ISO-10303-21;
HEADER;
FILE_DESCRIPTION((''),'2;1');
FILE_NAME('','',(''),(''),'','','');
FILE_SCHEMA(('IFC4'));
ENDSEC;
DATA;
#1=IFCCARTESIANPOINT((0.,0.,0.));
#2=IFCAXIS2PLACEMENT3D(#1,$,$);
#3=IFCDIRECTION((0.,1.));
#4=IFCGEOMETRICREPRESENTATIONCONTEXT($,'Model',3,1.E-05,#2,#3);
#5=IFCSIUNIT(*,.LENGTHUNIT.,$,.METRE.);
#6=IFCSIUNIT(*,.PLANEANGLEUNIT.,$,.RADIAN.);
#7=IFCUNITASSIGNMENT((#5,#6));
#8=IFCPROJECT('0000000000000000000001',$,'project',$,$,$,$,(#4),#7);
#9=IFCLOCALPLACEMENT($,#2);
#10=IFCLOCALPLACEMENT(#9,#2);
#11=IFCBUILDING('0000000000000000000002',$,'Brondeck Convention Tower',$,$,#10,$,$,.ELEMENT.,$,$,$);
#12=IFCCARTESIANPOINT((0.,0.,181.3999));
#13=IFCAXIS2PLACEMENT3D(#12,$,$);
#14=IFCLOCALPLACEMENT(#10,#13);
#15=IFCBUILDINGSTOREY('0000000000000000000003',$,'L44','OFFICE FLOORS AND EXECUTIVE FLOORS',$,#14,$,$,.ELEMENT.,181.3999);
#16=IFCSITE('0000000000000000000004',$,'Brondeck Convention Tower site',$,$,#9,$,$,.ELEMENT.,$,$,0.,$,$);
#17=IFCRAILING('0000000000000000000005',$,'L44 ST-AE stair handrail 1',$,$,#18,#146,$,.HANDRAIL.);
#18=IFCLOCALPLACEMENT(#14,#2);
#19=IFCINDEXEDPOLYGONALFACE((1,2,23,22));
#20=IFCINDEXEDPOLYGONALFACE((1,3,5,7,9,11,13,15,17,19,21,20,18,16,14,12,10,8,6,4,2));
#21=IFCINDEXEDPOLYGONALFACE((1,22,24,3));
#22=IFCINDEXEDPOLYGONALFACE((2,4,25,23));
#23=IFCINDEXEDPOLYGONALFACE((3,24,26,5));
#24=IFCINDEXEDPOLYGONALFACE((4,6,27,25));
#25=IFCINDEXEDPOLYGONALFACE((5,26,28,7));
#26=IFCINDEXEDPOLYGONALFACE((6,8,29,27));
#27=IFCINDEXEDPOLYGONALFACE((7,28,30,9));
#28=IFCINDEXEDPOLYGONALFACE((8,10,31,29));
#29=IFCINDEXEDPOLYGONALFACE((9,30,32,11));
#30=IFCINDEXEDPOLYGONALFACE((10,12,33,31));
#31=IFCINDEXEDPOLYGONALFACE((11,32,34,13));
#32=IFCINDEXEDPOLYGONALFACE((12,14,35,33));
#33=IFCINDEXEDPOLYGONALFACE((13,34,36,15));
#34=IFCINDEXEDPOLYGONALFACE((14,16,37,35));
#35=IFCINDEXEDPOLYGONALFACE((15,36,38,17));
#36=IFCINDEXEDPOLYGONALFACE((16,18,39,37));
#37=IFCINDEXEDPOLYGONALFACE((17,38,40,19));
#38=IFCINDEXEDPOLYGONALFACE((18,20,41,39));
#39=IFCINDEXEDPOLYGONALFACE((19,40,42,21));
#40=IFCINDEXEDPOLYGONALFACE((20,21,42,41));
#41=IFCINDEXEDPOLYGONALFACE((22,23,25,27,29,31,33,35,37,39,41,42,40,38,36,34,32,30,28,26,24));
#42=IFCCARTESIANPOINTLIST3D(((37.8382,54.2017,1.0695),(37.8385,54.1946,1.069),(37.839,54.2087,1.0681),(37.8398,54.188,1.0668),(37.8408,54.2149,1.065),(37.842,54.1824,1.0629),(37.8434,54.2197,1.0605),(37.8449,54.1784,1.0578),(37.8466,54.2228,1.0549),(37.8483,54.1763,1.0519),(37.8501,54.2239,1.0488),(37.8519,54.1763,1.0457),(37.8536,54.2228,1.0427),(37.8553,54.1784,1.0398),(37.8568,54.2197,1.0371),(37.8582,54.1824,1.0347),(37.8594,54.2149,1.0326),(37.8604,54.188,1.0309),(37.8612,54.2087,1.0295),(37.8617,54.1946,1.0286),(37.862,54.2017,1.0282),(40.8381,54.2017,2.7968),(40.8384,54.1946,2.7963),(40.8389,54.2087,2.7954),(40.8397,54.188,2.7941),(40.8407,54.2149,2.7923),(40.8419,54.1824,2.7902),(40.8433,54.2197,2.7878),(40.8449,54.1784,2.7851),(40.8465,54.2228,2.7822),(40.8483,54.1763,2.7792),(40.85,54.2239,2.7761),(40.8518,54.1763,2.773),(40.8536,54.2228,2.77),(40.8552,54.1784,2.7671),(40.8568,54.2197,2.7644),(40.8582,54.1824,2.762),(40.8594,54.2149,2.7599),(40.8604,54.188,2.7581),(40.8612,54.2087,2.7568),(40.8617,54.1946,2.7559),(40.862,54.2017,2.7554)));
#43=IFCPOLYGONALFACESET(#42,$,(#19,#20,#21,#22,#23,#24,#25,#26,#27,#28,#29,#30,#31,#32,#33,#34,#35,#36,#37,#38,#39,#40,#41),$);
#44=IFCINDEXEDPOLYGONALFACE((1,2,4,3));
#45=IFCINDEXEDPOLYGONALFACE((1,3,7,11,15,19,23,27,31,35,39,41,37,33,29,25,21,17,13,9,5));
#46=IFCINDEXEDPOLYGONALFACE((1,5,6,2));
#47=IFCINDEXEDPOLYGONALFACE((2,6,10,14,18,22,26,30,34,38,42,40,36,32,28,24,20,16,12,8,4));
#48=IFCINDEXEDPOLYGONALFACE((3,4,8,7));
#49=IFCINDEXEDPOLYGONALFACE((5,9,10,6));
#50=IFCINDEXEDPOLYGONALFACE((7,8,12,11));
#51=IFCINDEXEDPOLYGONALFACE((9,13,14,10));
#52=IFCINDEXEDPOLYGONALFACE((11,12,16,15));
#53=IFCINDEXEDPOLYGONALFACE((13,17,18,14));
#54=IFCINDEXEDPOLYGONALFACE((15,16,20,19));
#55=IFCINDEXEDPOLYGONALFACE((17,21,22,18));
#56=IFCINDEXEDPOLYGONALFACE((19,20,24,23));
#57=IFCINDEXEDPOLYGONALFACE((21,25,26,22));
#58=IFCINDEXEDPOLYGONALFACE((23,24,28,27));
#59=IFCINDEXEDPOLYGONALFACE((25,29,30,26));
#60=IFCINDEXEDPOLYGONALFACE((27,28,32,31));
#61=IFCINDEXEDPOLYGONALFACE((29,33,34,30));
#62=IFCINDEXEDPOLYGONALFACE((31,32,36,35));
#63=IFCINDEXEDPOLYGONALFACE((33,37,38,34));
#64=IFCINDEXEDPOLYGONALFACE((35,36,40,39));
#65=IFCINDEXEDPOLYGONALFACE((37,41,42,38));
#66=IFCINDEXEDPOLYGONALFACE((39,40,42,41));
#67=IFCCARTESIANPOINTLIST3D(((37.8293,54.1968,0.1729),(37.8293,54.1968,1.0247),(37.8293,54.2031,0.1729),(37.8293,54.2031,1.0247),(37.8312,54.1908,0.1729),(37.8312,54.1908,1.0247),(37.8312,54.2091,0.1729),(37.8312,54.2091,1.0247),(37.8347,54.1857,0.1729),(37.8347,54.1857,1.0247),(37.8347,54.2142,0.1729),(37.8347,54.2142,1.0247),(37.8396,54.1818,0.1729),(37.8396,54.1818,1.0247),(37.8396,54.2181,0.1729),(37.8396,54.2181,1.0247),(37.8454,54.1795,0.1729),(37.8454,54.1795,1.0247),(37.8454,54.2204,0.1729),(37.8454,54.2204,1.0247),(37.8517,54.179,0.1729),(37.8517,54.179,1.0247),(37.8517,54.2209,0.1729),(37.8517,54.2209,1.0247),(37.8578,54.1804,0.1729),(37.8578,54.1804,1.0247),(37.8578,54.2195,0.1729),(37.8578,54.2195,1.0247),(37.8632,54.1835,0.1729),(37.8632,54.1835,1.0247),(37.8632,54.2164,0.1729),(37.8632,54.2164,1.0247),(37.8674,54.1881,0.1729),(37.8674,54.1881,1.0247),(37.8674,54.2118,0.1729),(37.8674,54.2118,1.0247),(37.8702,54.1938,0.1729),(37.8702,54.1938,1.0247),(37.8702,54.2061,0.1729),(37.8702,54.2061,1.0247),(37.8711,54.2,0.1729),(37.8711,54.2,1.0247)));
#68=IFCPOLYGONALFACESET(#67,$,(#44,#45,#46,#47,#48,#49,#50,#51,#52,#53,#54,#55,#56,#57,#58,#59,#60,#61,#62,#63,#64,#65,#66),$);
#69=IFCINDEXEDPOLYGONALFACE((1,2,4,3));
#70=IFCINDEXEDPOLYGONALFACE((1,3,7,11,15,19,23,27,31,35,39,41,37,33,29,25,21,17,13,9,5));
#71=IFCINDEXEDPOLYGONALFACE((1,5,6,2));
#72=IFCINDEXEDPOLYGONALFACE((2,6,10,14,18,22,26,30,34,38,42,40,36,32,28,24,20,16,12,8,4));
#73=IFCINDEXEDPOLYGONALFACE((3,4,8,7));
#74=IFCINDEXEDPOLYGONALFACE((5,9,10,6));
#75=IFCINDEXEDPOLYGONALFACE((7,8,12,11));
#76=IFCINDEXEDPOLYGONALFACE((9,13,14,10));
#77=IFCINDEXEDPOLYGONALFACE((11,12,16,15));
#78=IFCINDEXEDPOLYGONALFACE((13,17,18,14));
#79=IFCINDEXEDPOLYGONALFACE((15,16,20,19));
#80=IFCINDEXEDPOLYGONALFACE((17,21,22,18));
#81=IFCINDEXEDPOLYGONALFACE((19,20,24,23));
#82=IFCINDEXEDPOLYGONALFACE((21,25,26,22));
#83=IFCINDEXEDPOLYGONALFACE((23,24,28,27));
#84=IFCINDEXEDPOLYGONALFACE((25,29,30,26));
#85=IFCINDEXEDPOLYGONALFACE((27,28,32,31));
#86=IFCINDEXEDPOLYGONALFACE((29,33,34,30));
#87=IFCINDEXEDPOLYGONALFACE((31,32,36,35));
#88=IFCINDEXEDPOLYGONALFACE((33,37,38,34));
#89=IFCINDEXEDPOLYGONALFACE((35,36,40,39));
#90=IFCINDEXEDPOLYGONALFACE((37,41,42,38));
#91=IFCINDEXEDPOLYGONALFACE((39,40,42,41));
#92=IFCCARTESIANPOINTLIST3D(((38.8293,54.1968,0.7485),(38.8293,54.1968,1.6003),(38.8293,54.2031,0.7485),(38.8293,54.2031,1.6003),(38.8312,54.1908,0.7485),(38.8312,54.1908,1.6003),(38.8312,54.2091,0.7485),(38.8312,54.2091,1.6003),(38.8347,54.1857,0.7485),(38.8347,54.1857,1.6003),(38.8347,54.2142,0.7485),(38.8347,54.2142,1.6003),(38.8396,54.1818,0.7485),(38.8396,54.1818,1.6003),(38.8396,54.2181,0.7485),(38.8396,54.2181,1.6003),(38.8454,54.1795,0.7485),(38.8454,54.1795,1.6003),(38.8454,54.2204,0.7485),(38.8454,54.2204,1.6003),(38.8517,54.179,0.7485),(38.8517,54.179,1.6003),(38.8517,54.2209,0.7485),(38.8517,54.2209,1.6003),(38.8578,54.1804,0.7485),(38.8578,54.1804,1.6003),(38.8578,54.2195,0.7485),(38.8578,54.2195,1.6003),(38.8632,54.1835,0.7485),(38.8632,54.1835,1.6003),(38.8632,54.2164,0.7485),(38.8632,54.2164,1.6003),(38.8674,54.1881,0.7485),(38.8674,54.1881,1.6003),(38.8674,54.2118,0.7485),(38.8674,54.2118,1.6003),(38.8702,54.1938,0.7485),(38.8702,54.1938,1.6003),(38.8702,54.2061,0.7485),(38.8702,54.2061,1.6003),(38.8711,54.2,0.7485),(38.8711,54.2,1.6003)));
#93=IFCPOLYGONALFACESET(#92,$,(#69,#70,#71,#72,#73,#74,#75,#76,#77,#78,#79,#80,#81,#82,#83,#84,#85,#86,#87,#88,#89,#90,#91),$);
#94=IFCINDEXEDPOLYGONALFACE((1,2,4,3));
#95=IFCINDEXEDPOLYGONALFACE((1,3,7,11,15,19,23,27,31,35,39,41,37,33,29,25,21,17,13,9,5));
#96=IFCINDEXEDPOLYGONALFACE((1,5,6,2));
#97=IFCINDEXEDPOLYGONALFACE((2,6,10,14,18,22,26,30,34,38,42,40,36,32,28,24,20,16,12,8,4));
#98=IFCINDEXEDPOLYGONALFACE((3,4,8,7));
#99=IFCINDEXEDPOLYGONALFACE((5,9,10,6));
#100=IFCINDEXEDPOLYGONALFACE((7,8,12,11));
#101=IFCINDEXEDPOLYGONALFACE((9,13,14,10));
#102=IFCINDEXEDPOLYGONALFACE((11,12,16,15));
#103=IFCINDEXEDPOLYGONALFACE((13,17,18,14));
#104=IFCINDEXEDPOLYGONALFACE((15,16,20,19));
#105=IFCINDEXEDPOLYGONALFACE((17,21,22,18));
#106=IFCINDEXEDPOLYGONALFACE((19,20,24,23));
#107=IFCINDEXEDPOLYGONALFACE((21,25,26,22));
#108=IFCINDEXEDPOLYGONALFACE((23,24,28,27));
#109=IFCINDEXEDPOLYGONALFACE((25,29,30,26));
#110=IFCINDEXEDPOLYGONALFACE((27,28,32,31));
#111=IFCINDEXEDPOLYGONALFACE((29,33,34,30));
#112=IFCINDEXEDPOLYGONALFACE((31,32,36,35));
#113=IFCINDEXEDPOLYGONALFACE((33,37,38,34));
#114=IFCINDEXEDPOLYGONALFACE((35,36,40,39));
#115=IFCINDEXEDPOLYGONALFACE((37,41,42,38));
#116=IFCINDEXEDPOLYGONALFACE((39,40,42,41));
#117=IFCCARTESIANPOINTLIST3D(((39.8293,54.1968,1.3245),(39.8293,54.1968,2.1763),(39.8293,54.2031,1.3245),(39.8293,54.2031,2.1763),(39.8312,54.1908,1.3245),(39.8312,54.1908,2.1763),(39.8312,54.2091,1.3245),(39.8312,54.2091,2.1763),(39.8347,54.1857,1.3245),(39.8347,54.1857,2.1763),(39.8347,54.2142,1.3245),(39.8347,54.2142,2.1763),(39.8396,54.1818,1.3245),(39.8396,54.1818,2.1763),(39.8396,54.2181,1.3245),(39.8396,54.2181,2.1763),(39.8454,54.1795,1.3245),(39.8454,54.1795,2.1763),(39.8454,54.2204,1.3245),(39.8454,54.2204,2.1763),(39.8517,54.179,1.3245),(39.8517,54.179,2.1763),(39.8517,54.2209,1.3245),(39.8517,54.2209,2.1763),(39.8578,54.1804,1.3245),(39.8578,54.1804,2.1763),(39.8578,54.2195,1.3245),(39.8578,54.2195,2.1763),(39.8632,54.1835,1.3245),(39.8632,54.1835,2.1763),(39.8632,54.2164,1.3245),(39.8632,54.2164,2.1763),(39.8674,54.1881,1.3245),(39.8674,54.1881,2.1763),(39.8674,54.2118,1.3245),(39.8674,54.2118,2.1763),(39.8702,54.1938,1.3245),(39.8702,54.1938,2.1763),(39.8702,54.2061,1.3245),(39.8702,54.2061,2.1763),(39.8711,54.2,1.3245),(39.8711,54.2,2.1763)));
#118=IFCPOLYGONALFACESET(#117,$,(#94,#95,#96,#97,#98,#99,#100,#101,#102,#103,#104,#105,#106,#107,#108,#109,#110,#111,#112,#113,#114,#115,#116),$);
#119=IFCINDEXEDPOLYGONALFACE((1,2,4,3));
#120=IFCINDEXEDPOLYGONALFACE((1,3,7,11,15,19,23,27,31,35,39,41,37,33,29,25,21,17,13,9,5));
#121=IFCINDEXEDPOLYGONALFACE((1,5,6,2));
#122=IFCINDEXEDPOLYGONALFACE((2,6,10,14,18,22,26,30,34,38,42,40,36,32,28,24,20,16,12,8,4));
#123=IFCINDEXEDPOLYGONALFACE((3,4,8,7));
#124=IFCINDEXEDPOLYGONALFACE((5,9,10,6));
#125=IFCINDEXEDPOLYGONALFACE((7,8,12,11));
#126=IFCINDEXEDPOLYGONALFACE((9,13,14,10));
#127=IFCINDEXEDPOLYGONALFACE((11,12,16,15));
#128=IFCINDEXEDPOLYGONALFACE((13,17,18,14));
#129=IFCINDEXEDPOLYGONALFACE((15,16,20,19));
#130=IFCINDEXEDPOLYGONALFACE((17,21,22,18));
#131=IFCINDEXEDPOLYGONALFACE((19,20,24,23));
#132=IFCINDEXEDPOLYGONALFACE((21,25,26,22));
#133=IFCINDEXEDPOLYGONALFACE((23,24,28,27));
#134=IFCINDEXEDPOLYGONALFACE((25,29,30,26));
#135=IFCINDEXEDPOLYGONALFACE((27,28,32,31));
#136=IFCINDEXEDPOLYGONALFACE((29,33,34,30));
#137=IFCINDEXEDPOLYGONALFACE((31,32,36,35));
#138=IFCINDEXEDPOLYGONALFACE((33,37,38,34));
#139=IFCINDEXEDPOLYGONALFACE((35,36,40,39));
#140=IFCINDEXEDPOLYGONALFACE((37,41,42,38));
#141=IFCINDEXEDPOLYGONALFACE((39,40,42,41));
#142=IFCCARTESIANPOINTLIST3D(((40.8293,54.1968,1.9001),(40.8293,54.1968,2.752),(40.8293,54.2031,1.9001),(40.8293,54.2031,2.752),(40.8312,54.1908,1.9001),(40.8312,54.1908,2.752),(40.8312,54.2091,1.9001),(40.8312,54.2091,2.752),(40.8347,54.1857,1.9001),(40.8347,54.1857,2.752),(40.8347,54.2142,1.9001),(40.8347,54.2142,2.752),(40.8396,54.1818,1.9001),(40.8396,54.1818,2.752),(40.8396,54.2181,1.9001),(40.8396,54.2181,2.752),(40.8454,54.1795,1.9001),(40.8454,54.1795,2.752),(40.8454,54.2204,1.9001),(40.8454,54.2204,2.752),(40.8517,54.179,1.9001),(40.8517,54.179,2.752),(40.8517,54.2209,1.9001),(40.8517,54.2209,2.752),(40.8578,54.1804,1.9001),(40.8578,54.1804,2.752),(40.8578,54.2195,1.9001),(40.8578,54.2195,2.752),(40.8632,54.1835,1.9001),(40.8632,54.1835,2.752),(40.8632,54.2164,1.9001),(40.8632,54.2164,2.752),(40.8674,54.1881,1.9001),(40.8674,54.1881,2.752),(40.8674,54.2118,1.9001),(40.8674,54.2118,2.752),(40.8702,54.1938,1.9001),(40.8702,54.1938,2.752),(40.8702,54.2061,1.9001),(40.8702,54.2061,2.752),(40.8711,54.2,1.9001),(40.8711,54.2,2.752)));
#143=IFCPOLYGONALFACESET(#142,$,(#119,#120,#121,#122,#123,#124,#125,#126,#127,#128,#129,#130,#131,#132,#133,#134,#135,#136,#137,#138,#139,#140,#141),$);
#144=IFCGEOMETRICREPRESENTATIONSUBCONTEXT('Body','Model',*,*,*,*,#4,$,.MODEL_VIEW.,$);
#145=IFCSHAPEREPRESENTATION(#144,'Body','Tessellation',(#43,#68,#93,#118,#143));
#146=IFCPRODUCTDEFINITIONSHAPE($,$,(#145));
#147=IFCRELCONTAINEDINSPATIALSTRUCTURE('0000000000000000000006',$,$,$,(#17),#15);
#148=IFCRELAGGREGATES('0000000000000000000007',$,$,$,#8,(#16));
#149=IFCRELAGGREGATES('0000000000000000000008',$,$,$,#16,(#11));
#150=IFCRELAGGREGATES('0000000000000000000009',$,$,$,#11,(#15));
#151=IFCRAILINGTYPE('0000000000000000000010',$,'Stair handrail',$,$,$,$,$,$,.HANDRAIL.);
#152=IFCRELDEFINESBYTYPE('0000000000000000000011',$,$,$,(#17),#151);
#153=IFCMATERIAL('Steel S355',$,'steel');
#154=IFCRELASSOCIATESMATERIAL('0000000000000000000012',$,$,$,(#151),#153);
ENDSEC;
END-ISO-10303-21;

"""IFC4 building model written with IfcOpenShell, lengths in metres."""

from ifc_helpers import new_model, si_unit, direction, frame, origin, origin_2d, place, context, subcontext, project, spatial, circle, extrude, material, type_object, element, save


model = new_model("IFC4")

# Units and contexts
model_context = context("Model", 3, precision=1e-05, world=origin(), true_north=direction((0.0, 1.0)))
body_context = subcontext(model_context, "Body", "Model", "MODEL_VIEW")
ifc_project = project(units=[si_unit("LENGTHUNIT", "METRE"), si_unit("PLANEANGLEUNIT", "RADIAN")], contexts=[model_context])

# Site, building, storey
site_placement = place(None, origin())
site = spatial("IfcSite", under=ifc_project, at=site_placement, Name="Brondeck Convention Tower site", CompositionType="ELEMENT", RefElevation=0.0)
building_placement = place(site_placement, origin())
building = spatial("IfcBuilding", under=site, at=building_placement, Name="Brondeck Convention Tower", CompositionType="ELEMENT")
storey_placement = place(building_placement, frame((0.0, 0.0, 181.3999)))
storey = spatial("IfcBuildingStorey", under=building, at=storey_placement, Name="L44", Description="OFFICE FLOORS AND EXECUTIVE FLOORS", CompositionType="ELEMENT", Elevation=181.3999)

# Shared definitions
ifc_material_1 = material(Name="Steel S355", Category="steel")

# Railing
railing_type_1 = type_object("IfcRailingType", Name="Stair handrail", PredefinedType="HANDRAIL", material=ifc_material_1)
railing_1_placement = place(storey_placement, frame((37.8501, 54.2, 0.1729)))
element("IfcRailing", 1, at=railing_1_placement, inside=storey, type_object=railing_type_1, Name="L44 ST-AE stair handrail 1", PredefinedType="HANDRAIL", context=body_context, shape_type="SweptSolid", body=[
    extrude(circle(Radius=0.0239, at=origin_2d()), frame((0.0, 0.0, 0.876), z_axis=(0.86662, 0.0, 0.498969), x_axis=(0.0, 1.0, 0.0)), (0.0, 0.0, 1.0), 3.4617),
    extrude(circle(Radius=0.021, at=origin_2d()), origin(), (0.0, 0.0, 1.0), 0.8518),
    extrude(circle(Radius=0.021, at=origin_2d()), frame((1.0, 0.0, 0.5757)), (0.0, 0.0, 1.0), 0.8518),
    extrude(circle(Radius=0.021, at=origin_2d()), frame((2.0, 0.0, 1.1516)), (0.0, 0.0, 1.0), 0.8518),
    extrude(circle(Radius=0.021, at=origin_2d()), frame((3.0, 0.0, 1.7273)), (0.0, 0.0, 1.0), 0.8518),
])

save(model, "model.ifc")
